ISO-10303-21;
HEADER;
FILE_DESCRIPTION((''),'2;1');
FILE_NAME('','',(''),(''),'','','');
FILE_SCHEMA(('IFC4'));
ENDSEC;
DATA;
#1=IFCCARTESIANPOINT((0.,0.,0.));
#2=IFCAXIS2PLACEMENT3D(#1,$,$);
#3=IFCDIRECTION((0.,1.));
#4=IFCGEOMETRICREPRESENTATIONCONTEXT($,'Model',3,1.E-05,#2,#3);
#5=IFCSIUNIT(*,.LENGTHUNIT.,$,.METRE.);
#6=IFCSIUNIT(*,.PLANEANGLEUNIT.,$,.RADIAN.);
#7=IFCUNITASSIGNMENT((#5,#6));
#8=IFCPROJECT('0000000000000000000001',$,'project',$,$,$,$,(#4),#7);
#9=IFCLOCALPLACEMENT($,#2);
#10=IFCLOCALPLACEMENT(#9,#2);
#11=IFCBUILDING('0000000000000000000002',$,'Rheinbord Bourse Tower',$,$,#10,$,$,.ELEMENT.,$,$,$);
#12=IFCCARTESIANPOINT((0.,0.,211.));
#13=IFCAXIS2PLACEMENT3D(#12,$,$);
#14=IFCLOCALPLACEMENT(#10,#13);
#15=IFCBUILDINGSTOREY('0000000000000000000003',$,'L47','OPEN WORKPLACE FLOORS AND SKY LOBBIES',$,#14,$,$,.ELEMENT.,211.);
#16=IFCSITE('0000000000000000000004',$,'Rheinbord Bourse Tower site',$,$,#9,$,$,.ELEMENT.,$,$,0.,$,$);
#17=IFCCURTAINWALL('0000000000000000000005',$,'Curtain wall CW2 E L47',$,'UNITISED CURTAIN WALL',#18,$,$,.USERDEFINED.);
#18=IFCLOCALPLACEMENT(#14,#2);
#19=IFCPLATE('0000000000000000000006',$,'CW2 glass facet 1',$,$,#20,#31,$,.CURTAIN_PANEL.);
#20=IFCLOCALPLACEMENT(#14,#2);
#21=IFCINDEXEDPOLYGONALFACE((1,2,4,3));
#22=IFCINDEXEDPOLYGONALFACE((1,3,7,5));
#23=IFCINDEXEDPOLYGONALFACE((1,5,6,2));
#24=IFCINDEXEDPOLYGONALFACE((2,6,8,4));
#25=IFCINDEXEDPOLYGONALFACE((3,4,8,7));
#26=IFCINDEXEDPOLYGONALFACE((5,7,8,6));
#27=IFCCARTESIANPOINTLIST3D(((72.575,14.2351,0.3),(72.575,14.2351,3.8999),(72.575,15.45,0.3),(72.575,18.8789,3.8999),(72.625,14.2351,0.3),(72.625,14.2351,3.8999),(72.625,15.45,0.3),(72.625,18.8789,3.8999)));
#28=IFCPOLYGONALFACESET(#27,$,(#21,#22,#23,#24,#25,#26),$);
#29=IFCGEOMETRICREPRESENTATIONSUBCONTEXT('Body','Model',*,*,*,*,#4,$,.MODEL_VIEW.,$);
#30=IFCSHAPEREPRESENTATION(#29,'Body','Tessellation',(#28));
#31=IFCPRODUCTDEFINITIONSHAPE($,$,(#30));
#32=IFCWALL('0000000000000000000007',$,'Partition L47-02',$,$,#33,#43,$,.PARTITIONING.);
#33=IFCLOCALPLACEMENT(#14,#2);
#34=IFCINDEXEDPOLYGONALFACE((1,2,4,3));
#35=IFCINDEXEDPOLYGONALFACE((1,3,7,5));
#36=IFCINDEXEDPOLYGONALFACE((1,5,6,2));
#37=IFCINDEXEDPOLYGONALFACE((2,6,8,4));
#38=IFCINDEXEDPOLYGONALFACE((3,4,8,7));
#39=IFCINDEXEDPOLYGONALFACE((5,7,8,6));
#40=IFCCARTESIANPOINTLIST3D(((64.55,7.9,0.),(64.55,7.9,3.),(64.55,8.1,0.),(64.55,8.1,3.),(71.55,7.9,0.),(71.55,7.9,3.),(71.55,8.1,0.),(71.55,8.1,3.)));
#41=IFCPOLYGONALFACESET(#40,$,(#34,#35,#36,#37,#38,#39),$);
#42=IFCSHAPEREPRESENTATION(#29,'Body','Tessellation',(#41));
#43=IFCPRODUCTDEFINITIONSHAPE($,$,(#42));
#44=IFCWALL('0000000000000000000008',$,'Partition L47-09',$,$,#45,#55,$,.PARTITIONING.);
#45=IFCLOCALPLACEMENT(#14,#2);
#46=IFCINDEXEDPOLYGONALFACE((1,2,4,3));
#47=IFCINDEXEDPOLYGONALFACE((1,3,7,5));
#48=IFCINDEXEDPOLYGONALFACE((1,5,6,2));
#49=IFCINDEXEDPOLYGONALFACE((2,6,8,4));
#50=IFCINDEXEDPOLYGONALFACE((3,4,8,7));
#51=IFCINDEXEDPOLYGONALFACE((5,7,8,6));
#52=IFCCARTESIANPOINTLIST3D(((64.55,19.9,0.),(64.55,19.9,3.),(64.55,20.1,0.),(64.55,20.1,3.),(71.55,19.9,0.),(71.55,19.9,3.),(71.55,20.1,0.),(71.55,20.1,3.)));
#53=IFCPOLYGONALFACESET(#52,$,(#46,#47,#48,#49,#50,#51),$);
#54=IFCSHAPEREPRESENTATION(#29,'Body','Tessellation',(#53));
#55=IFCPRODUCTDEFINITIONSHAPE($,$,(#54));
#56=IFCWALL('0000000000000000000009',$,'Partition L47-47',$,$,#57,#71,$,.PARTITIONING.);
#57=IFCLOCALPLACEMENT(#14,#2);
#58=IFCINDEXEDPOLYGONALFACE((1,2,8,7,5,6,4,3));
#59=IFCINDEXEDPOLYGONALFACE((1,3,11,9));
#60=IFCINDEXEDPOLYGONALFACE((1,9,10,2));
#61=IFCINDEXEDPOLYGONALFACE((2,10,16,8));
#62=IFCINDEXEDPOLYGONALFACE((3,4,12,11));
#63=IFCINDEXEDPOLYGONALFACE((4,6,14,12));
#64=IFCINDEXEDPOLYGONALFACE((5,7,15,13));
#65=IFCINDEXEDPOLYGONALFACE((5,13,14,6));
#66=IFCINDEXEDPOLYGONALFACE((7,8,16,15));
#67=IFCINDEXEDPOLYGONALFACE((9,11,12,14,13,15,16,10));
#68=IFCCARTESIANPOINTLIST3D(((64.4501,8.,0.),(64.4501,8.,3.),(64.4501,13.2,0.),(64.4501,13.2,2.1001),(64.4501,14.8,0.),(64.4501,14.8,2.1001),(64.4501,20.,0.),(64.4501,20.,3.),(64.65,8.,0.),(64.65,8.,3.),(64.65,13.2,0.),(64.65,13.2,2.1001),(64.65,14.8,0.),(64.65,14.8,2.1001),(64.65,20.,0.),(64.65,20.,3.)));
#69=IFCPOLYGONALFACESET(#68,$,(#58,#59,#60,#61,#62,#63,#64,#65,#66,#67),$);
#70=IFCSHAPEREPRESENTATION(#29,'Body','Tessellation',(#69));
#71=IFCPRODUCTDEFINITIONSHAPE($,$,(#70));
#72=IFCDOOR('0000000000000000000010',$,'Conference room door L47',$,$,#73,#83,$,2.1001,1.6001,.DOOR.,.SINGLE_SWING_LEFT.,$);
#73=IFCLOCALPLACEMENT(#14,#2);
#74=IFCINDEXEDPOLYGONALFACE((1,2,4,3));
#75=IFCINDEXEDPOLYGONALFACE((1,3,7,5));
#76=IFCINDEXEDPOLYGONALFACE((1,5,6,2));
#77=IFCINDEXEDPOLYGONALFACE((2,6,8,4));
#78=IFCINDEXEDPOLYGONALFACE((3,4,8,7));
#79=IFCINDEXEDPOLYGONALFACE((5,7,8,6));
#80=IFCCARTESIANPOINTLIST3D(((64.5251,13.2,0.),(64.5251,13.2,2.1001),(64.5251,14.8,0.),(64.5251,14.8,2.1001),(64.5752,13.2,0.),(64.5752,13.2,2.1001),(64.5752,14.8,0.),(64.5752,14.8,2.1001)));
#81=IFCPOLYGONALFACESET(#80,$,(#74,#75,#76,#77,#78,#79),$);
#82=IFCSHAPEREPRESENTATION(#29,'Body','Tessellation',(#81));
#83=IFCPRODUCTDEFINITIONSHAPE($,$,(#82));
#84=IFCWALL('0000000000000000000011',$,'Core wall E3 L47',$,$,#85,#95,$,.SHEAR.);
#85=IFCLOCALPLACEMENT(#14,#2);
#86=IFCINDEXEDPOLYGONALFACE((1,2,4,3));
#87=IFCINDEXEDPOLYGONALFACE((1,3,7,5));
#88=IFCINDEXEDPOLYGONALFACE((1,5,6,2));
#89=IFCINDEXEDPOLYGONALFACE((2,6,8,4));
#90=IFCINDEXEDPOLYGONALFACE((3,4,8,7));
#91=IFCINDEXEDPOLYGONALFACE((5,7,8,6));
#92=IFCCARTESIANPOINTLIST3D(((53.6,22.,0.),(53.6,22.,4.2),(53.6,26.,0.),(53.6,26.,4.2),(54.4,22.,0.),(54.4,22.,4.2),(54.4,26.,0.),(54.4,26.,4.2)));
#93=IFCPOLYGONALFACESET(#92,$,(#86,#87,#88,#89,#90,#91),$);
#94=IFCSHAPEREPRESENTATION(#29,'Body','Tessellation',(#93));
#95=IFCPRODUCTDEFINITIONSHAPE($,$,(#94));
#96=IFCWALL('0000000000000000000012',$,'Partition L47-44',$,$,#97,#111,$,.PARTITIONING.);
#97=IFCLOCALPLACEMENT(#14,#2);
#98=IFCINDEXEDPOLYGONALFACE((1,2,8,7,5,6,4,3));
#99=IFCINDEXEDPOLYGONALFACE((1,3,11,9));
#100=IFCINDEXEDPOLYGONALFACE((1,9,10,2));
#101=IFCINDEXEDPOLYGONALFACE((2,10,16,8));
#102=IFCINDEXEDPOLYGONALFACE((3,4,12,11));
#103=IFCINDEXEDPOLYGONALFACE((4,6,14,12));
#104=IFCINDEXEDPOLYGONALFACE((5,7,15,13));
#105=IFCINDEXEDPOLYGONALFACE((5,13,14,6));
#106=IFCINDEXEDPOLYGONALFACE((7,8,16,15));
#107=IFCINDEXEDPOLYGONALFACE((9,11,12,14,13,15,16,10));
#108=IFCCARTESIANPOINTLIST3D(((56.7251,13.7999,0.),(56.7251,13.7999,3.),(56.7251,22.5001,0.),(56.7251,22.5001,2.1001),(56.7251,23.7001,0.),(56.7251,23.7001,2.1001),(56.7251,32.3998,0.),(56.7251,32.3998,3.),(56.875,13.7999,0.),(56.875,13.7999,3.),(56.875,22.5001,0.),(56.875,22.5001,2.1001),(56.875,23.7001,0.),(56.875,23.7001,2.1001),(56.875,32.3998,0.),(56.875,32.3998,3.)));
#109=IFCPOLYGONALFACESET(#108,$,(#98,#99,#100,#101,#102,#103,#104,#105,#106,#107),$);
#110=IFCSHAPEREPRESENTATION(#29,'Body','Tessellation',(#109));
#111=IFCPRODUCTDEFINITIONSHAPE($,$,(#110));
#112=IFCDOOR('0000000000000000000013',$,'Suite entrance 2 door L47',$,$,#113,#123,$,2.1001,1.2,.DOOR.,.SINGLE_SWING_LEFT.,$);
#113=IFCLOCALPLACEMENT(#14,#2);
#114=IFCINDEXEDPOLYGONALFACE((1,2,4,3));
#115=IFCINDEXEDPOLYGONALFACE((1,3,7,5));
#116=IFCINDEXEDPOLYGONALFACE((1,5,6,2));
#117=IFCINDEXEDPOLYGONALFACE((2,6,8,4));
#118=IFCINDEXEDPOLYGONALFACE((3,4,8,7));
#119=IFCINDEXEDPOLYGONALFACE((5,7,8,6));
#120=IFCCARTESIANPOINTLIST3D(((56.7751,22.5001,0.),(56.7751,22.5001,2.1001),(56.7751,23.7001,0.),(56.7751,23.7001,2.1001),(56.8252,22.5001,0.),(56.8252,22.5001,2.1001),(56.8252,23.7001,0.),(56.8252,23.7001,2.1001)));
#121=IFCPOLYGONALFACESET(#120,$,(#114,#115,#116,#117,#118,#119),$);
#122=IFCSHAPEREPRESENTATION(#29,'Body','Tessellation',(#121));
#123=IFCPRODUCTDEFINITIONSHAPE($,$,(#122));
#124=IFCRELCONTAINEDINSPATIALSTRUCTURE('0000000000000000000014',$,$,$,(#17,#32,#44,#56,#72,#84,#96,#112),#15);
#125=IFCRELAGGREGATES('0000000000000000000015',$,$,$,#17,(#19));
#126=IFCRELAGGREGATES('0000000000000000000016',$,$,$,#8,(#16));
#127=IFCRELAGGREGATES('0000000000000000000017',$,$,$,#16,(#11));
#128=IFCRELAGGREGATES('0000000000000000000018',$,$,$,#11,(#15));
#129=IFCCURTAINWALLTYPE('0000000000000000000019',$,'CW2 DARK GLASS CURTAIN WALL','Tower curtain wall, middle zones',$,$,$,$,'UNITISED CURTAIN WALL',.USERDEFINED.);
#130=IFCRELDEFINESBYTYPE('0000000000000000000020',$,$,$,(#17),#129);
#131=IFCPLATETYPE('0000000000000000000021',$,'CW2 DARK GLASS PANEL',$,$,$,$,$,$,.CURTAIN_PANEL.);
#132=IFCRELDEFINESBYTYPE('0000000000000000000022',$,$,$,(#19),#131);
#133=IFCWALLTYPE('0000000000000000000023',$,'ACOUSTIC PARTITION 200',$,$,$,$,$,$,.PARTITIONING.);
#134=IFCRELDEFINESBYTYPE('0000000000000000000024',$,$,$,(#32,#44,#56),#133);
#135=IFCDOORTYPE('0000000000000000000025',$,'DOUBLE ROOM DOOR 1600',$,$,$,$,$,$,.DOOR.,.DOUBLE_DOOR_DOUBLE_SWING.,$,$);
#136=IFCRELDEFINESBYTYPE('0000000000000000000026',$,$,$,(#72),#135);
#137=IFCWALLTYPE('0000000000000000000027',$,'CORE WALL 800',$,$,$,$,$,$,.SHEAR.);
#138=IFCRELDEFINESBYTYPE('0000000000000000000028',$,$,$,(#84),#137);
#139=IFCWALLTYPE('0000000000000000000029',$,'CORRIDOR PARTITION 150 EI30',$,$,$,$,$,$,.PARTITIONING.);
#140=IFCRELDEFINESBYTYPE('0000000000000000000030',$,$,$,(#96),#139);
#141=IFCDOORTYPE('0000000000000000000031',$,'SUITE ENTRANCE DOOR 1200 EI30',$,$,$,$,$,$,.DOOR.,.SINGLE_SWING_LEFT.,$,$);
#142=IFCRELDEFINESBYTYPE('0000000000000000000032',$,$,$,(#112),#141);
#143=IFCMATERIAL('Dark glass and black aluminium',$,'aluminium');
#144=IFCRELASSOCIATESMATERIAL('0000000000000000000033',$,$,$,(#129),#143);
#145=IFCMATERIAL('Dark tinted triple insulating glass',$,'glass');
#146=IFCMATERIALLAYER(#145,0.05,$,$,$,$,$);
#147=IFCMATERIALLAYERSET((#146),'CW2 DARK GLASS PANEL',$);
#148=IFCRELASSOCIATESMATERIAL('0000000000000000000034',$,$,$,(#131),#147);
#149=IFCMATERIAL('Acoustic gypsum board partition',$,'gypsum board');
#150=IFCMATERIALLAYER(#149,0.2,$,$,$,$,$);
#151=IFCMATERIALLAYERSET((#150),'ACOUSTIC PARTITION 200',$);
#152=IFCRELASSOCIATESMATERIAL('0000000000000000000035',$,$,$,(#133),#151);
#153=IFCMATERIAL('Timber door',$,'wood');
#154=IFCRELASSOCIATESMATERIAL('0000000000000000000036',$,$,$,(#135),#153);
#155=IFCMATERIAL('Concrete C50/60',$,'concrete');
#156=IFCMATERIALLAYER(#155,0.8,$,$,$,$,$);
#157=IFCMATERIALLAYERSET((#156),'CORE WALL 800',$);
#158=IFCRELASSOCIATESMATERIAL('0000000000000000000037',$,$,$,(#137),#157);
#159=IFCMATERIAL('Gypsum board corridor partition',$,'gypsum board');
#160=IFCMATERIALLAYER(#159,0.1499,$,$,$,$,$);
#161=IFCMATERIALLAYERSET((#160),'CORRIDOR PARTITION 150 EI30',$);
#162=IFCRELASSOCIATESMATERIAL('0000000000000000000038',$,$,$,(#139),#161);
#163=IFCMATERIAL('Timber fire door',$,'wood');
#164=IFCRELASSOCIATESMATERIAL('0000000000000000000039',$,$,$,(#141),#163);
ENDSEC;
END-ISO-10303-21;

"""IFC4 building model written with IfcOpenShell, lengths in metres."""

from ifc_helpers import new_model, si_unit, direction, frame, frame_2d, origin, place, context, subcontext, project, spatial, polyline, rectangle, outline, extrude, material, layer, layer_set, type_object, element, fill, aggregate, save


model = new_model("IFC4")

# Units and contexts
model_context = context("Model", 3, precision=1e-05, world=origin(), true_north=direction((0.0, 1.0)))
body_context = subcontext(model_context, "Body", "Model", "MODEL_VIEW")
ifc_project = project(units=[si_unit("LENGTHUNIT", "METRE"), si_unit("PLANEANGLEUNIT", "RADIAN")], contexts=[model_context])

# Site, building, storey
site_placement = place(None, origin())
site = spatial("IfcSite", under=ifc_project, at=site_placement, Name="Rheinbord Bourse Tower site", CompositionType="ELEMENT", RefElevation=0.0)
building_placement = place(site_placement, origin())
building = spatial("IfcBuilding", under=site, at=building_placement, Name="Rheinbord Bourse Tower", CompositionType="ELEMENT")
storey_placement = place(building_placement, frame((0.0, 0.0, 211.0)))
storey = spatial("IfcBuildingStorey", under=building, at=storey_placement, Name="L47", Description="OPEN WORKPLACE FLOORS AND SKY LOBBIES", CompositionType="ELEMENT", Elevation=211.0)

# Curtain wall
ifc_material_1 = material(Name="Dark glass and black aluminium", Category="aluminium")
curtain_wall_type = type_object("IfcCurtainWallType", Name="CW2 DARK GLASS CURTAIN WALL", Description="Tower curtain wall, middle zones", ElementType="UNITISED CURTAIN WALL", PredefinedType="USERDEFINED", material=ifc_material_1)
curtain_wall_placement = place(storey_placement, origin())
curtain_wall = element("IfcCurtainWall", 1, at=curtain_wall_placement, inside=storey, type_object=curtain_wall_type, Name="Curtain wall CW2 E L47", ObjectType="UNITISED CURTAIN WALL", PredefinedType="USERDEFINED")

# Plate
ifc_material_2 = material(Name="Dark tinted triple insulating glass", Category="glass")
ifc_layer_1 = layer(ifc_material_2, 0.05)
ifc_layer_set_1 = layer_set([ifc_layer_1], Name="CW2 DARK GLASS PANEL")
plate_type = type_object("IfcPlateType", Name="CW2 DARK GLASS PANEL", PredefinedType="CURTAIN_PANEL", material=ifc_layer_set_1)
plate_1_placement = place(storey_placement, frame((72.625, 14.2351, 0.3), z_axis=(-1.0, 0.0, 0.0), x_axis=(0.0, 0.0, 1.0)))
plate_1 = element("IfcPlate", 2, at=plate_1_placement, type_object=plate_type, Name="CW2 glass facet 1", PredefinedType="CURTAIN_PANEL", context=body_context, shape_type="SweptSolid", body=[
    extrude(outline(polyline([(0.0, 0.0), (3.5999, 0.0), (3.5999, 4.6438), (0.0, 1.2148), (0.0, 0.0)])), origin(), (0.0, 0.0, 1.0), 0.05),
])
aggregate(curtain_wall, [plate_1])

# Walls
ifc_material_3 = material(Name="Acoustic gypsum board partition", Category="gypsum board")
ifc_layer_2 = layer(ifc_material_3, 0.2)
ifc_layer_set_2 = layer_set([ifc_layer_2], Name="ACOUSTIC PARTITION 200")
wall_type_1 = type_object("IfcWallType", Name="ACOUSTIC PARTITION 200", PredefinedType="PARTITIONING", material=ifc_layer_set_2)
for number, where, z_axis, x_axis, name in (
    (3, (64.55, 8.0, 0.0), (0.0, 0.0, 1.0), (1.0, 0.0, 0.0), "Partition L47-02"),
    (4, (64.55, 20.0, 0.0), (0.0, 0.0, 1.0), (1.0, 0.0, 0.0), "Partition L47-09"),
):
    element("IfcWall", number, at=place(storey_placement, frame(where, z_axis=z_axis, x_axis=x_axis)), inside=storey, type_object=wall_type_1, Name=name, PredefinedType="PARTITIONING", context=body_context, shape_type="SweptSolid", body=[
        extrude(rectangle(XDim=7.0, YDim=0.2, at=frame_2d((3.5, 0.0))), origin(), (0.0, 0.0, 1.0), 3.0),
    ])

# Wall, opening, door
wall_1_placement = place(storey_placement, frame((64.55, 8.0, 0.0), z_axis=(0.0, 0.0, 1.0), x_axis=(0.0, 1.0, 0.0)))
wall_1 = element("IfcWall", 5, at=wall_1_placement, inside=storey, type_object=wall_type_1, Name="Partition L47-47", PredefinedType="PARTITIONING", context=body_context, shape_type="SweptSolid", body=[
    extrude(rectangle(XDim=12.0, YDim=0.2, at=frame_2d((6.0, 0.0))), origin(), (0.0, 0.0, 1.0), 3.0),
])
opening_1_placement = place(wall_1_placement, frame((5.2, 0.0, 0.0)))
opening_1 = element("IfcOpeningElement", 6, at=opening_1_placement, cuts=wall_1, PredefinedType="OPENING", context=body_context, shape_type="SweptSolid", body=[
    extrude(rectangle(XDim=1.6001, YDim=2.1001, at=frame_2d((0.8, 1.05))), frame((0.0, 0.1099, 0.0), z_axis=(0.0, -1.0, 0.0), x_axis=(1.0, 0.0, 0.0)), (0.0, 0.0, 1.0), 0.22),
])
ifc_material_4 = material(Name="Timber door", Category="wood")
door_type_1 = type_object("IfcDoorType", Name="DOUBLE ROOM DOOR 1600", OperationType="DOUBLE_DOOR_DOUBLE_SWING", PredefinedType="DOOR", material=ifc_material_4)
door_1_placement = place(opening_1_placement, origin())
door_1 = element("IfcDoor", 7, at=door_1_placement, inside=storey, type_object=door_type_1, Name="Conference room door L47", OperationType="SINGLE_SWING_LEFT", OverallHeight=2.1001, OverallWidth=1.6001, PredefinedType="DOOR", context=body_context, shape_type="SweptSolid", body=[
    extrude(rectangle(XDim=1.6001, YDim=2.1001, at=frame_2d((0.8, 1.05))), frame((0.0, 0.0249, 0.0), z_axis=(0.0, -1.0, 0.0), x_axis=(1.0, 0.0, 0.0)), (0.0, 0.0, 1.0), 0.05),
])
fill(opening_1, door_1)

# Wall
ifc_material_5 = material(Name="Concrete C50/60", Category="concrete")
ifc_layer_3 = layer(ifc_material_5, 0.8)
ifc_layer_set_3 = layer_set([ifc_layer_3], Name="CORE WALL 800")
wall_type_2 = type_object("IfcWallType", Name="CORE WALL 800", PredefinedType="SHEAR", material=ifc_layer_set_3)
wall_2_placement = place(storey_placement, frame((54.0, 22.0, 0.0), z_axis=(0.0, 0.0, 1.0), x_axis=(0.0, 1.0, 0.0)))
element("IfcWall", 8, at=wall_2_placement, inside=storey, type_object=wall_type_2, Name="Core wall E3 L47", PredefinedType="SHEAR", context=body_context, shape_type="SweptSolid", body=[
    extrude(rectangle(XDim=4.0, YDim=0.8, at=frame_2d((2.0, 0.0))), origin(), (0.0, 0.0, 1.0), 4.2),
])

# Wall, opening, door
ifc_material_6 = material(Name="Gypsum board corridor partition", Category="gypsum board")
ifc_layer_4 = layer(ifc_material_6, 0.1499)
ifc_layer_set_4 = layer_set([ifc_layer_4], Name="CORRIDOR PARTITION 150 EI30")
wall_type_3 = type_object("IfcWallType", Name="CORRIDOR PARTITION 150 EI30", PredefinedType="PARTITIONING", material=ifc_layer_set_4)
wall_3_placement = place(storey_placement, frame((56.8, 13.8, 0.0), z_axis=(0.0, 0.0, 1.0), x_axis=(0.0, 1.0, 0.0)))
wall_3 = element("IfcWall", 9, at=wall_3_placement, inside=storey, type_object=wall_type_3, Name="Partition L47-44", PredefinedType="PARTITIONING", context=body_context, shape_type="SweptSolid", body=[
    extrude(rectangle(XDim=18.5999, YDim=0.1499, at=frame_2d((9.2998, 0.0))), origin(), (0.0, 0.0, 1.0), 3.0),
])
opening_2_placement = place(wall_3_placement, frame((8.7, 0.0, 0.0)))
opening_2 = element("IfcOpeningElement", 10, at=opening_2_placement, cuts=wall_3, PredefinedType="OPENING", context=body_context, shape_type="SweptSolid", body=[
    extrude(rectangle(XDim=1.2, YDim=2.1001, at=frame_2d((0.6001, 1.05))), frame((0.0, 0.085, 0.0), z_axis=(0.0, -1.0, 0.0), x_axis=(1.0, 0.0, 0.0)), (0.0, 0.0, 1.0), 0.1699),
])
ifc_material_7 = material(Name="Timber fire door", Category="wood")
door_type_2 = type_object("IfcDoorType", Name="SUITE ENTRANCE DOOR 1200 EI30", OperationType="SINGLE_SWING_LEFT", PredefinedType="DOOR", material=ifc_material_7)
door_2_placement = place(opening_2_placement, origin())
door_2 = element("IfcDoor", 11, at=door_2_placement, inside=storey, type_object=door_type_2, Name="Suite entrance 2 door L47", OperationType="SINGLE_SWING_LEFT", OverallHeight=2.1001, OverallWidth=1.2, PredefinedType="DOOR", context=body_context, shape_type="SweptSolid", body=[
    extrude(rectangle(XDim=1.2, YDim=2.1001, at=frame_2d((0.6001, 1.05))), frame((0.0, 0.0249, 0.0), z_axis=(0.0, -1.0, 0.0), x_axis=(1.0, 0.0, 0.0)), (0.0, 0.0, 1.0), 0.05),
])
fill(opening_2, door_2)

save(model, "model.ifc")
